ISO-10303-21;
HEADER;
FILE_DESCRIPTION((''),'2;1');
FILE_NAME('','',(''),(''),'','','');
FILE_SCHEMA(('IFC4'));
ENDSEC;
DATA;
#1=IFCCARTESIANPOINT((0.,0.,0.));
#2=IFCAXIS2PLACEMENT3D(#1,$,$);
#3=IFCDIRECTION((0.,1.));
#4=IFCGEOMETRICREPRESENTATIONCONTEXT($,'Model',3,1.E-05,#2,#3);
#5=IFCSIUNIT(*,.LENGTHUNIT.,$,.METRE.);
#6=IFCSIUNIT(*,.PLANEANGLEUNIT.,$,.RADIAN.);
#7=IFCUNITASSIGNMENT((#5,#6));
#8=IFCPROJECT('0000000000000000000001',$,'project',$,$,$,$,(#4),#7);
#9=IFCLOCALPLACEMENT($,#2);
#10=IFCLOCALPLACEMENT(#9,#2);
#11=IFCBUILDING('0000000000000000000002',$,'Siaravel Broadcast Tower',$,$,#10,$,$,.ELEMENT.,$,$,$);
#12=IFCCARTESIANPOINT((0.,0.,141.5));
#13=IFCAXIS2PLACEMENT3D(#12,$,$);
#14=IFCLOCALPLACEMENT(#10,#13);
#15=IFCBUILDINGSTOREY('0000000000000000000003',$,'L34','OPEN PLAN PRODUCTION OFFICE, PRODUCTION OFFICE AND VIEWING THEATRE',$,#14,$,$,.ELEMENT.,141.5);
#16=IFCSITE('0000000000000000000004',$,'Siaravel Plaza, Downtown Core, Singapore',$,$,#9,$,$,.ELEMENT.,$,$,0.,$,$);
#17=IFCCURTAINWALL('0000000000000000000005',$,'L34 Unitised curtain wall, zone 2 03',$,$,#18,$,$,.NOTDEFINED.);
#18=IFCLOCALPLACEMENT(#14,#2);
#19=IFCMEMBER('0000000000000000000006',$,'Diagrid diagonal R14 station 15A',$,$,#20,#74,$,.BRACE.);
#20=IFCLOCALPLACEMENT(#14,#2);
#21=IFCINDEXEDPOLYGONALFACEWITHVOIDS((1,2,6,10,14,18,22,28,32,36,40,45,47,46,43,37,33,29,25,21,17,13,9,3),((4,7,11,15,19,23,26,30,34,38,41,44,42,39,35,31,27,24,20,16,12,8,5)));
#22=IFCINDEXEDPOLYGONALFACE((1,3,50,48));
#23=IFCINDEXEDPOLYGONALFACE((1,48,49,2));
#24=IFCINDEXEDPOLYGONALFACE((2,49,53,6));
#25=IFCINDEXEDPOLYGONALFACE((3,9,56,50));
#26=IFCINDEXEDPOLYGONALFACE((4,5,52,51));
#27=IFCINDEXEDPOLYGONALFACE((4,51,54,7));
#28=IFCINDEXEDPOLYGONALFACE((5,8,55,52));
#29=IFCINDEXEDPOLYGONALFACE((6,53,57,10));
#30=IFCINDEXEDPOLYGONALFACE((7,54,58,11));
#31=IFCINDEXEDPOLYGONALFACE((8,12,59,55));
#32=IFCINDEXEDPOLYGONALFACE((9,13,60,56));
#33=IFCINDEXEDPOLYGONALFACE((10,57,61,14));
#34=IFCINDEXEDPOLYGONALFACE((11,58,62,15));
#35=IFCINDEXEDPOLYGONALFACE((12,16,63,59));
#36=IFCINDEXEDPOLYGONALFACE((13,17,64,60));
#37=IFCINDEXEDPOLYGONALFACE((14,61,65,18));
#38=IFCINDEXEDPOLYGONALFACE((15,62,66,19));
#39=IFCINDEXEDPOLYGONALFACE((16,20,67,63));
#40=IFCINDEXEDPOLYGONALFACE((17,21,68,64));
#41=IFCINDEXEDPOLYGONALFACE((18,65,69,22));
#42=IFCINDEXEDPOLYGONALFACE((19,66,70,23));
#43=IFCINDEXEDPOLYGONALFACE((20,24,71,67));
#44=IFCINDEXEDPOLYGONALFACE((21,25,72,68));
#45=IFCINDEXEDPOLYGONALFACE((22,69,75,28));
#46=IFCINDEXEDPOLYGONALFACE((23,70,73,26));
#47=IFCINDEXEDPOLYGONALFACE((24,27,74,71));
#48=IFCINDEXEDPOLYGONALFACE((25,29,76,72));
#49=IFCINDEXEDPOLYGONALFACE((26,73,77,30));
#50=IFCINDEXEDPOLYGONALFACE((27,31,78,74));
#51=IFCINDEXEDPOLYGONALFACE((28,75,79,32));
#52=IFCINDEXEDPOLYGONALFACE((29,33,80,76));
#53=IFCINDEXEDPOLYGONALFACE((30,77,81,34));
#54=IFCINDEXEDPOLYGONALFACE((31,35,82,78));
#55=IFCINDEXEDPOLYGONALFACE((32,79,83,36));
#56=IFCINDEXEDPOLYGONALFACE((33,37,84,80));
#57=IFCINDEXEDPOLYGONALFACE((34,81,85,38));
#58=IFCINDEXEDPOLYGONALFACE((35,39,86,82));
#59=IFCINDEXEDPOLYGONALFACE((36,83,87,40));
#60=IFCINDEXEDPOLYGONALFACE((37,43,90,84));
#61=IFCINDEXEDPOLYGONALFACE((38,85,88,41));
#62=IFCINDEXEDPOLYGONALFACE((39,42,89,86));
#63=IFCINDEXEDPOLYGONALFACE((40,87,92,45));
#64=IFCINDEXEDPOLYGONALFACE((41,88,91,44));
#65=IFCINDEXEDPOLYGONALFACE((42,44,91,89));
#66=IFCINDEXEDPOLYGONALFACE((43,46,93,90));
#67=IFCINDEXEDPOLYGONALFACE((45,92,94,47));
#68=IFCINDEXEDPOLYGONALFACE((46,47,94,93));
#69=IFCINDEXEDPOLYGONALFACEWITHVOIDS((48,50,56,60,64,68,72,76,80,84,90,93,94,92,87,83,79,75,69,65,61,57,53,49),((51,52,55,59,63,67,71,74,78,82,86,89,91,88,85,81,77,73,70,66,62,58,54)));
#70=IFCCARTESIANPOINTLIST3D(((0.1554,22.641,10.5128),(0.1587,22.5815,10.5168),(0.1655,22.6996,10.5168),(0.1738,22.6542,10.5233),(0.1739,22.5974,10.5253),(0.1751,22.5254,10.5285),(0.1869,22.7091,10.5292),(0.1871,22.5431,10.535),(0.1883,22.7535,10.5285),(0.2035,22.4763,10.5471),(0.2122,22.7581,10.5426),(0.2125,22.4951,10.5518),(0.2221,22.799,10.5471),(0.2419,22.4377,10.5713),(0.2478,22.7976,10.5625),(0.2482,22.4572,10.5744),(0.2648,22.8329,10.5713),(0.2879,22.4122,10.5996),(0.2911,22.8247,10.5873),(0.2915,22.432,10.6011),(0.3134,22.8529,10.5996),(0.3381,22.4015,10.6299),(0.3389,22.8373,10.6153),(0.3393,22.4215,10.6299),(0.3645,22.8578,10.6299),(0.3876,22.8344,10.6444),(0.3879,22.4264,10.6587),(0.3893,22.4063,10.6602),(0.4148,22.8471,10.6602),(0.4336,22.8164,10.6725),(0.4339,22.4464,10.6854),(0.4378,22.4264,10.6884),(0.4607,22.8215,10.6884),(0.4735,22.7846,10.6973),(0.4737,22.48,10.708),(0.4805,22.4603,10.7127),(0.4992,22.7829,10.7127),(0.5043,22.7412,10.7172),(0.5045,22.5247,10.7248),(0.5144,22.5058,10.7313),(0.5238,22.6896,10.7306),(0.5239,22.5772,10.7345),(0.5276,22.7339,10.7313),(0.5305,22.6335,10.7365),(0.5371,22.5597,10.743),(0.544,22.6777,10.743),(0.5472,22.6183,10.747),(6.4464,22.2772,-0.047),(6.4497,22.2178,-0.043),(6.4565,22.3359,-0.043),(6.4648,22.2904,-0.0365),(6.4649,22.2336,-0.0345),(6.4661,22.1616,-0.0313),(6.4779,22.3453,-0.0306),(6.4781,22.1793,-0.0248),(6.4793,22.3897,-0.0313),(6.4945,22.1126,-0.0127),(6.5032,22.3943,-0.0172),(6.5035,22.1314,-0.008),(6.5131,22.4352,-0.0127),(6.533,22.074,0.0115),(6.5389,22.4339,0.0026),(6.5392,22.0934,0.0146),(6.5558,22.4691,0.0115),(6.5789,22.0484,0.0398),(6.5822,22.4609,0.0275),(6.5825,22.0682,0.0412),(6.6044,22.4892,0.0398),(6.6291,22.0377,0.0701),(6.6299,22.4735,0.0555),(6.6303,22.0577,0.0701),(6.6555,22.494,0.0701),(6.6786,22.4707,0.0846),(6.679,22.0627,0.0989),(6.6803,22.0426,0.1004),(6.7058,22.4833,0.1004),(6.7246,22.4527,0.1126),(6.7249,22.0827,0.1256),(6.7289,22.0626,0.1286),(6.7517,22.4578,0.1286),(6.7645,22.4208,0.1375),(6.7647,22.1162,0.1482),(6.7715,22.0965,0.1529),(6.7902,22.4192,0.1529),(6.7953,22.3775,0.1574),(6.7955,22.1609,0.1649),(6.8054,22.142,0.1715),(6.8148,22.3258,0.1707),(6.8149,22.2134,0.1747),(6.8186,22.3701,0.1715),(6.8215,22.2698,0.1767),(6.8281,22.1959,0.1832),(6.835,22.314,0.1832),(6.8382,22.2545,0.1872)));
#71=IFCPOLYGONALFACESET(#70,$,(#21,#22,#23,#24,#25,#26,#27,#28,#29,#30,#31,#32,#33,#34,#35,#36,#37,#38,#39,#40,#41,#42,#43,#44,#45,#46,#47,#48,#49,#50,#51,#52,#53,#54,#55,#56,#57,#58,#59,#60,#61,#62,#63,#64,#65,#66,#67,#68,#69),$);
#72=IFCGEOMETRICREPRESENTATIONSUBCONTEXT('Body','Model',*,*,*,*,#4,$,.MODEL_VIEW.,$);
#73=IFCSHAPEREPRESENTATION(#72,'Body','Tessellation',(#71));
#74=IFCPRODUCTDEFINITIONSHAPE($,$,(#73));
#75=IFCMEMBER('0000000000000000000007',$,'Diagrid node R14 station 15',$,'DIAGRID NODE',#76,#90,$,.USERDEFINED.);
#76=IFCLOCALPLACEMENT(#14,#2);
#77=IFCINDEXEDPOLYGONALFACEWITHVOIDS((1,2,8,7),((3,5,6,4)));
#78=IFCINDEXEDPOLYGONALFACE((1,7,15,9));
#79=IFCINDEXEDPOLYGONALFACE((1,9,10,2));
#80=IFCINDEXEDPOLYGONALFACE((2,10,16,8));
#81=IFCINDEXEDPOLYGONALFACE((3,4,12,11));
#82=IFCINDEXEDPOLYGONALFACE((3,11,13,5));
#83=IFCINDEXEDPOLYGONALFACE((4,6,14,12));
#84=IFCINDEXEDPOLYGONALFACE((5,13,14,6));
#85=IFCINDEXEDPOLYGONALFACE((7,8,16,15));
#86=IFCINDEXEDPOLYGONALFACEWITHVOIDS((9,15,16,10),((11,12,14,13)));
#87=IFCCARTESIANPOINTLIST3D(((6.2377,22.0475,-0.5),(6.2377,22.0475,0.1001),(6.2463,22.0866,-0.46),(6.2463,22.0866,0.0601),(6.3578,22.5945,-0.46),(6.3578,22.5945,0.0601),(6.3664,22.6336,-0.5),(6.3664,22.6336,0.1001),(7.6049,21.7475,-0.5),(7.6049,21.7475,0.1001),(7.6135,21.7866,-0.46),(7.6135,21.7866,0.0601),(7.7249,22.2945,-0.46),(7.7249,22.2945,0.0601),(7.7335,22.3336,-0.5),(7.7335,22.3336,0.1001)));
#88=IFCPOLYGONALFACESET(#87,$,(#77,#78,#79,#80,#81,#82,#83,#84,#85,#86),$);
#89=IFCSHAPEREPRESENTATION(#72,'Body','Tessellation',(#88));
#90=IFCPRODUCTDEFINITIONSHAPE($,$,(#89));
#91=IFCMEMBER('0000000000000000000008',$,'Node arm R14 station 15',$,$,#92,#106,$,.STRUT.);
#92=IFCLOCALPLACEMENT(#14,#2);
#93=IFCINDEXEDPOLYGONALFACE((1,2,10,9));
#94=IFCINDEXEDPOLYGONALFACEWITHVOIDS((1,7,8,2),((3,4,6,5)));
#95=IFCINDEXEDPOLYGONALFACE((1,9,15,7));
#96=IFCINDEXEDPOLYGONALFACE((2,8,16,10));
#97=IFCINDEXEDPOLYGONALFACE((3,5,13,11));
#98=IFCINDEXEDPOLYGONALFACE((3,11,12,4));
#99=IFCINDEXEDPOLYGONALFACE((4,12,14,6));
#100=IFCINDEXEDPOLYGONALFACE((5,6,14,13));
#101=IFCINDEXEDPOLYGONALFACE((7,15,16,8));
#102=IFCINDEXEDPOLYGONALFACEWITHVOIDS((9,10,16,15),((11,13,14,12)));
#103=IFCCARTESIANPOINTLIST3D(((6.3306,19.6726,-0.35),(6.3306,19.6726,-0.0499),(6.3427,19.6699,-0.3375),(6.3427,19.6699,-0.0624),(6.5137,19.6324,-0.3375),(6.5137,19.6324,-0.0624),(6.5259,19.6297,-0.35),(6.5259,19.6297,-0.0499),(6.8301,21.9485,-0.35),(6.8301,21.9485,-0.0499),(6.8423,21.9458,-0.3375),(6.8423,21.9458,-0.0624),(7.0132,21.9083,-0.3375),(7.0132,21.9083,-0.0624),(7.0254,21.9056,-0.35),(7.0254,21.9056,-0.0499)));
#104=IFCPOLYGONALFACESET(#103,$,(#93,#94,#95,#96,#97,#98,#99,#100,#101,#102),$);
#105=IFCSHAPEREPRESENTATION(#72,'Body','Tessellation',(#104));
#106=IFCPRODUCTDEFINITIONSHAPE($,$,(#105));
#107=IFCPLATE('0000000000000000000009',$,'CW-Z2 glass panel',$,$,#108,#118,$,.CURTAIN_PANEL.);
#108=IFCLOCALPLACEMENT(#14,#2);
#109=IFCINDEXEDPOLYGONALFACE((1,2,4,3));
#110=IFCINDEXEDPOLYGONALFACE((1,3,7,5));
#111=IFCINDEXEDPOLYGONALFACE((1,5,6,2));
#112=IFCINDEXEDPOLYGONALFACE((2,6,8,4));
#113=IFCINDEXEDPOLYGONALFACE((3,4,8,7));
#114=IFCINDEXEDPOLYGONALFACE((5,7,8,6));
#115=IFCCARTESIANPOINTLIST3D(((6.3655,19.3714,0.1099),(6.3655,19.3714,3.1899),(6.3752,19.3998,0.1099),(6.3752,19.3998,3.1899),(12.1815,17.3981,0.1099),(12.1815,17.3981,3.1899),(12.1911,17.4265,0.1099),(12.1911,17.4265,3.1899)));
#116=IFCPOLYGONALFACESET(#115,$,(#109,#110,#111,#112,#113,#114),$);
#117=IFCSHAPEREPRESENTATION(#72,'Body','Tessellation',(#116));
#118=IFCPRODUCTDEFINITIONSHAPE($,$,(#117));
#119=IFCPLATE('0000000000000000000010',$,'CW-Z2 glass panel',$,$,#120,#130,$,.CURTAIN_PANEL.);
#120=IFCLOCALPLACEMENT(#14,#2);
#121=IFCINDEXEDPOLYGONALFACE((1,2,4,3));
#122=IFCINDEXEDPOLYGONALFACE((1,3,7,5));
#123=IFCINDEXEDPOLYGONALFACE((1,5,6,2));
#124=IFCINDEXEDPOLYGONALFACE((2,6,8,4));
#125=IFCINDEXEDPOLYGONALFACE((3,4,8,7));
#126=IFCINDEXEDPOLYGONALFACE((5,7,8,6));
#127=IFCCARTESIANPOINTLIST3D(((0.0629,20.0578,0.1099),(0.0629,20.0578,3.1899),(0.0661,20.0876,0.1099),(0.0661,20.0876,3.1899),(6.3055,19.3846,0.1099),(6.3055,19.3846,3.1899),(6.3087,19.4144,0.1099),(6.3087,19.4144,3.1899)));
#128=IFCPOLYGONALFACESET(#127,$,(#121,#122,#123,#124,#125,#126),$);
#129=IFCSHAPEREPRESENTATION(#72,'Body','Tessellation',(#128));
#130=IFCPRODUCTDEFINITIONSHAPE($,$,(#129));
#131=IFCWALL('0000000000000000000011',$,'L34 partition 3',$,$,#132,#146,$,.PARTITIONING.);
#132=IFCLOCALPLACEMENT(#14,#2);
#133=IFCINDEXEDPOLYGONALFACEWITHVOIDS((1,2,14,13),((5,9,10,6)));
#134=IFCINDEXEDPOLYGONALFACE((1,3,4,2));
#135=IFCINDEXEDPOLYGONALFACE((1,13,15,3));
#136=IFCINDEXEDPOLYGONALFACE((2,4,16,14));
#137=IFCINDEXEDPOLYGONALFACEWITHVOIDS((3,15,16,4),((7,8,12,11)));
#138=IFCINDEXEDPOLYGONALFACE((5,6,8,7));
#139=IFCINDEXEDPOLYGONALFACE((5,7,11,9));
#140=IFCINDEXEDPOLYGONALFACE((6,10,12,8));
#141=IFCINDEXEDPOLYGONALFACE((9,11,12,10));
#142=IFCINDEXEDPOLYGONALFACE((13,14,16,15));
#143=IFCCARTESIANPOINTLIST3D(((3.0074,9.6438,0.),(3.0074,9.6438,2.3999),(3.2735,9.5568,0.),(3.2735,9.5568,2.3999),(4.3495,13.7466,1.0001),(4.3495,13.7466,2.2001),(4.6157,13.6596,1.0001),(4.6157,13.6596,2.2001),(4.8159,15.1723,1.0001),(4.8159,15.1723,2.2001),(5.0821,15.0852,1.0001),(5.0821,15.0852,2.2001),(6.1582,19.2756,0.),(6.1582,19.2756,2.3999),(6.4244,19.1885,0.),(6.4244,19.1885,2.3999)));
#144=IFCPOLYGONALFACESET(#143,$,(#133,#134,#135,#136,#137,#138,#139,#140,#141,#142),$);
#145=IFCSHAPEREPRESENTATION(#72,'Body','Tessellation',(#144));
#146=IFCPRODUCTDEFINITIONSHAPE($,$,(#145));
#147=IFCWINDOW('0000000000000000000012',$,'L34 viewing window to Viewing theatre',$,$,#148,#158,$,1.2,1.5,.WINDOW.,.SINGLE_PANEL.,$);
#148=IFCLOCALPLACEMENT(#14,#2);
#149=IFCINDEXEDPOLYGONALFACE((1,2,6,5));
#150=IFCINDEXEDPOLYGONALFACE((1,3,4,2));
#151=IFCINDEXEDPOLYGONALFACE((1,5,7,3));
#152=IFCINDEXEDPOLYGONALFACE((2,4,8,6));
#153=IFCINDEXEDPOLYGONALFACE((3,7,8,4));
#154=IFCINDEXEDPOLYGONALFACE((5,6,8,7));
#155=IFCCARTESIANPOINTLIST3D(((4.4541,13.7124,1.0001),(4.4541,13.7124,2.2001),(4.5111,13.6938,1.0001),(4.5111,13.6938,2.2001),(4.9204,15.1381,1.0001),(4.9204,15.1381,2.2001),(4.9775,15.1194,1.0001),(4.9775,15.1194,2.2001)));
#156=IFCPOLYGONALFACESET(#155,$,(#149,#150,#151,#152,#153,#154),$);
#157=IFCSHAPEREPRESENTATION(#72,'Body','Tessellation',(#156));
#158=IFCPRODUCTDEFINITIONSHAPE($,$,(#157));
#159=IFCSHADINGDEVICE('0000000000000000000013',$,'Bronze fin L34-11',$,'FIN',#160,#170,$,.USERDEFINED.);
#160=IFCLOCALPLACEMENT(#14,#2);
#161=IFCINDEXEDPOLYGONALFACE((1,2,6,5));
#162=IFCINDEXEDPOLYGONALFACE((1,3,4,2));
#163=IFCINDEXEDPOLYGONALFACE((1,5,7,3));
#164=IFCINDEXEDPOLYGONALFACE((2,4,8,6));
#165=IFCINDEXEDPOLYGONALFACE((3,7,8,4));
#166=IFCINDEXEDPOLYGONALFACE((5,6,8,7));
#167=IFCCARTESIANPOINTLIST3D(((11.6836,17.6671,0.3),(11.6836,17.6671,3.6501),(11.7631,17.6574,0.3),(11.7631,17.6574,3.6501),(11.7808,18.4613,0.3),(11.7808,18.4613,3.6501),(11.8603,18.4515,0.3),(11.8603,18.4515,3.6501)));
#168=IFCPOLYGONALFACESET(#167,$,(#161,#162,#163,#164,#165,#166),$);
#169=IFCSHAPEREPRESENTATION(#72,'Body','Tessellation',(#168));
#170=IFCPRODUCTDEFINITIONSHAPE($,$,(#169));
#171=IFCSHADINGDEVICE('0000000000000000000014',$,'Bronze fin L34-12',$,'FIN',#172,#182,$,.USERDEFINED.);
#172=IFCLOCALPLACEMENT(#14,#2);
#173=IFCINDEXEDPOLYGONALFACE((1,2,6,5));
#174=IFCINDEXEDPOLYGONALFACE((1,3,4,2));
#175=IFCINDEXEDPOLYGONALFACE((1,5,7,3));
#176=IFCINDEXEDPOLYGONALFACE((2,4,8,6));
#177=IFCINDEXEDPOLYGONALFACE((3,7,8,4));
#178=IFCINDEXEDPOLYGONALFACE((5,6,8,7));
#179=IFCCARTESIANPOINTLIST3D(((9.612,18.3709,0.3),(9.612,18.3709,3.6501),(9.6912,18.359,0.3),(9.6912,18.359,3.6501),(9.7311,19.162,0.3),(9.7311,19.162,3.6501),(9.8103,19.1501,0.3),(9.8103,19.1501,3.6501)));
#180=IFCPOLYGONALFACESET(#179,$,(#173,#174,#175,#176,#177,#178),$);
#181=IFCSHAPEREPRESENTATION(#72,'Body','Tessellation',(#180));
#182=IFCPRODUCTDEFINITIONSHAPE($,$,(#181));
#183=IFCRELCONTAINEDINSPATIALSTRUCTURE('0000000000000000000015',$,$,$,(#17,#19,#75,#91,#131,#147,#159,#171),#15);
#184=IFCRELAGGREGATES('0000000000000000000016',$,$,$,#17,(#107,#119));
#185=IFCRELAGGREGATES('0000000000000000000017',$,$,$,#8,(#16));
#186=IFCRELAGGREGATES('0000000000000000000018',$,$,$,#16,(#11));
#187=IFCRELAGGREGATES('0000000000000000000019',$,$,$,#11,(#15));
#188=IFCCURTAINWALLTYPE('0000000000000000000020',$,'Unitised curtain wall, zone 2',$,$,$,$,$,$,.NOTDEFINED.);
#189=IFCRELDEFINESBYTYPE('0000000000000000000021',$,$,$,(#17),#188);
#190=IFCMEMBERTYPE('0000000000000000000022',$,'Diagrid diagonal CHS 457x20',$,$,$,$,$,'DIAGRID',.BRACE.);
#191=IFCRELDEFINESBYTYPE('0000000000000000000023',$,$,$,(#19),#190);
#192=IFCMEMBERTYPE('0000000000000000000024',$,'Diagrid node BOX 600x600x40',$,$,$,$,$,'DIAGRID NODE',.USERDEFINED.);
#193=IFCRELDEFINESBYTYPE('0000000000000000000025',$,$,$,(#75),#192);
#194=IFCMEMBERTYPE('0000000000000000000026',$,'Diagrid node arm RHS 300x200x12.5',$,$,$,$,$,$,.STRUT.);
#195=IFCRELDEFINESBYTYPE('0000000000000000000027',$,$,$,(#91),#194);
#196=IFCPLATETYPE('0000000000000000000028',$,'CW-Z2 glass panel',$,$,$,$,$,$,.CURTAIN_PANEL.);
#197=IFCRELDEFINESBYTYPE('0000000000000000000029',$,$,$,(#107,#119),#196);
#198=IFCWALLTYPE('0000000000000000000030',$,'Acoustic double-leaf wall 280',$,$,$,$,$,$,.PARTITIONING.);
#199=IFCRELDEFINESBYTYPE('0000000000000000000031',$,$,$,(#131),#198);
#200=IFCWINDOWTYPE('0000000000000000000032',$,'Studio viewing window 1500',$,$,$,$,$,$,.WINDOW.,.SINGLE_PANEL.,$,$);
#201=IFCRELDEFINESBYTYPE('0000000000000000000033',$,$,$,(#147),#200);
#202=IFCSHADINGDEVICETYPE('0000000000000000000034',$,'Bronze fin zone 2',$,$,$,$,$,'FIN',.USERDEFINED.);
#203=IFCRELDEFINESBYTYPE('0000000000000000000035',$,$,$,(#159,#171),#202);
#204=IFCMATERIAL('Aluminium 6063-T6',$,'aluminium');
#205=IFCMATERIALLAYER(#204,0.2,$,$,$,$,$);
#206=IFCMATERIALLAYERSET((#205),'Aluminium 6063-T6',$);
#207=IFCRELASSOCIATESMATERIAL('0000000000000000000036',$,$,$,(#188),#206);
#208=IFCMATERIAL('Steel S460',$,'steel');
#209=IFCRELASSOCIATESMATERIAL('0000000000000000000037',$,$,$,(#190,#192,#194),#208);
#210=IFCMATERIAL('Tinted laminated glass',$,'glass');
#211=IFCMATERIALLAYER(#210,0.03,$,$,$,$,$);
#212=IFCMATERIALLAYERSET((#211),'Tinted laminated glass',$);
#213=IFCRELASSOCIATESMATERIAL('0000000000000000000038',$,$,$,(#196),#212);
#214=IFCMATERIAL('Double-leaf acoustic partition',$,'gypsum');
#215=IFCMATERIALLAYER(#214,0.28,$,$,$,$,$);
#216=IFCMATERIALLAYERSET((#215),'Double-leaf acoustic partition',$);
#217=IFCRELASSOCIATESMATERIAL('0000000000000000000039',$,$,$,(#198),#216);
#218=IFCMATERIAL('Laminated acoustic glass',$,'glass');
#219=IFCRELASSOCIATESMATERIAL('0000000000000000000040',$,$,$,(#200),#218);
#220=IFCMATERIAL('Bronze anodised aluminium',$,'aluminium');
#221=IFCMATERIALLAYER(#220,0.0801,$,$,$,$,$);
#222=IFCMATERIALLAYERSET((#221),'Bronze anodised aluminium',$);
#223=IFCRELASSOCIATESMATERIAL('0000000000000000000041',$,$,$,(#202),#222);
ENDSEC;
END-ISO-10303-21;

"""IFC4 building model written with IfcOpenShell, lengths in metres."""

from ifc_helpers import new_model, si_unit, direction, frame, frame_2d, origin, origin_2d, place, context, subcontext, project, spatial, rectangle, hollow_rectangle, hollow_circle, extrude, material, layer, layer_set, material_profile, profile_set, type_object, element, fill, aggregate, save


model = new_model("IFC4")

# Units and contexts
model_context = context("Model", 3, precision=1e-05, world=origin(), true_north=direction((0.0, 1.0)))
body_context = subcontext(model_context, "Body", "Model", "MODEL_VIEW")
ifc_project = project(units=[si_unit("LENGTHUNIT", "METRE"), si_unit("PLANEANGLEUNIT", "RADIAN")], contexts=[model_context])

# Site, building, storey
site_placement = place(None, origin())
site = spatial("IfcSite", under=ifc_project, at=site_placement, Name="Siaravel Plaza, Downtown Core, Singapore", CompositionType="ELEMENT", RefElevation=0.0)
building_placement = place(site_placement, origin())
building = spatial("IfcBuilding", under=site, at=building_placement, Name="Siaravel Broadcast Tower", CompositionType="ELEMENT")
storey_placement = place(building_placement, frame((0.0, 0.0, 141.5)))
storey = spatial("IfcBuildingStorey", under=building, at=storey_placement, Name="L34", Description="OPEN PLAN PRODUCTION OFFICE, PRODUCTION OFFICE AND VIEWING THEATRE", CompositionType="ELEMENT", Elevation=141.5)

# Curtain wall
ifc_material_1 = material(Name="Aluminium 6063-T6", Category="aluminium")
ifc_layer_1 = layer(ifc_material_1, 0.2)
ifc_layer_set_1 = layer_set([ifc_layer_1], Name="Aluminium 6063-T6")
curtain_wall_type = type_object("IfcCurtainWallType", Name="Unitised curtain wall, zone 2", PredefinedType="NOTDEFINED", material=ifc_layer_set_1)
curtain_wall_placement = place(storey_placement, origin())
curtain_wall = element("IfcCurtainWall", 1, at=curtain_wall_placement, inside=storey, type_object=curtain_wall_type, Name="L34 Unitised curtain wall, zone 2 03", PredefinedType="NOTDEFINED")

# Members
ifc_material_2 = material(Name="Steel S460", Category="steel")
ifc_material_profile_1 = material_profile(ifc_material_2, hollow_circle(Radius=0.2285, WallThickness=0.02, at=origin_2d()))
ifc_profile_set_1 = profile_set([ifc_material_profile_1], Name="Steel S460")
member_type_1 = type_object("IfcMemberType", Name="Diagrid diagonal CHS 457x20", ElementType="DIAGRID", PredefinedType="BRACE", material=ifc_profile_set_1)
member_1_placement = place(storey_placement, frame((6.6423, 22.2659, 0.0701), z_axis=(-0.511585, 0.029582, 0.858723), x_axis=(-0.057727, -0.998332, 0.0)))
element("IfcMember", 2, at=member_1_placement, inside=storey, type_object=member_type_1, Name="Diagrid diagonal R14 station 15A", PredefinedType="BRACE", context=body_context, shape_type="SweptSolid", body=[
    extrude(hollow_circle(Radius=0.2285, WallThickness=0.02, at=origin_2d()), origin(), (0.0, 0.0, 1.0), 12.2971),
])
ifc_material_profile_2 = material_profile(ifc_material_2, hollow_rectangle(XDim=0.6001, YDim=0.6001, WallThickness=0.04, at=origin_2d()))
ifc_profile_set_2 = profile_set([ifc_material_profile_2], Name="Steel S460")
member_type_2 = type_object("IfcMemberType", Name="Diagrid node BOX 600x600x40", ElementType="DIAGRID NODE", PredefinedType="USERDEFINED", material=ifc_profile_set_2)
member_2_placement = place(storey_placement, frame((7.6692, 22.0405, -0.2), z_axis=(-0.976754, 0.214363, 0.0), x_axis=(-0.214363, -0.976754, 0.0)))
element("IfcMember", 3, at=member_2_placement, inside=storey, type_object=member_type_2, Name="Diagrid node R14 station 15", ObjectType="DIAGRID NODE", PredefinedType="USERDEFINED", context=body_context, shape_type="SweptSolid", body=[
    extrude(hollow_rectangle(XDim=0.6001, YDim=0.6001, WallThickness=0.04, at=origin_2d()), origin(), (0.0, 0.0, 1.0), 1.3997),
])
ifc_material_profile_3 = material_profile(ifc_material_2, hollow_rectangle(XDim=0.2, YDim=0.3, WallThickness=0.0125, at=origin_2d()))
ifc_profile_set_3 = profile_set([ifc_material_profile_3], Name="Steel S460")
member_type_3 = type_object("IfcMemberType", Name="Diagrid node arm RHS 300x200x12.5", PredefinedType="STRUT", material=ifc_profile_set_3)
member_3_placement = place(storey_placement, frame((6.4282, 19.6511, -0.2), z_axis=(0.214378, 0.976751, 0.0), x_axis=(-0.976751, 0.214378, 0.0)))
element("IfcMember", 4, at=member_3_placement, inside=storey, type_object=member_type_3, Name="Node arm R14 station 15", PredefinedType="STRUT", context=body_context, shape_type="SweptSolid", body=[
    extrude(hollow_rectangle(XDim=0.2, YDim=0.3, WallThickness=0.0125, at=origin_2d()), origin(), (0.0, 0.0, 1.0), 2.3301),
])

# Plates
ifc_material_3 = material(Name="Tinted laminated glass", Category="glass")
ifc_layer_2 = layer(ifc_material_3, 0.03)
ifc_layer_set_2 = layer_set([ifc_layer_2], Name="Tinted laminated glass")
plate_type = type_object("IfcPlateType", Name="CW-Z2 glass panel", PredefinedType="CURTAIN_PANEL", material=ifc_layer_set_2)
plate_1_placement = place(storey_placement, frame((9.2783, 18.3989, 0.1099), z_axis=(0.0, 0.0, 1.0), x_axis=(-0.946977, 0.321301, 0.0)))
plate_1 = element("IfcPlate", 5, at=plate_1_placement, type_object=plate_type, Name="CW-Z2 glass panel", PredefinedType="CURTAIN_PANEL", context=body_context, shape_type="SweptSolid", body=[
    extrude(rectangle(XDim=6.1416, YDim=0.03, at=origin_2d()), origin(), (0.0, 0.0, 1.0), 3.0801),
])
plate_2_placement = place(storey_placement, frame((3.1858, 19.7361, 0.1099), z_axis=(0.0, 0.0, 1.0), x_axis=(-0.994236, 0.107218, 0.0)))
plate_2 = element("IfcPlate", 6, at=plate_2_placement, type_object=plate_type, Name="CW-Z2 glass panel", PredefinedType="CURTAIN_PANEL", context=body_context, shape_type="SweptSolid", body=[
    extrude(rectangle(XDim=6.2788, YDim=0.03, at=origin_2d()), origin(), (0.0, 0.0, 1.0), 3.0801),
])
aggregate(curtain_wall, [plate_1, plate_2])

# Wall, opening, window
ifc_material_4 = material(Name="Double-leaf acoustic partition", Category="gypsum")
ifc_layer_3 = layer(ifc_material_4, 0.28)
ifc_layer_set_3 = layer_set([ifc_layer_3], Name="Double-leaf acoustic partition")
wall_type = type_object("IfcWallType", Name="Acoustic double-leaf wall 280", PredefinedType="PARTITIONING", material=ifc_layer_set_3)
wall_placement = place(storey_placement, frame((6.2913, 19.2319, 0.0), z_axis=(0.0, 0.0, 1.0), x_axis=(-0.310918, -0.950437, 0.0)))
wall = element("IfcWall", 7, at=wall_placement, inside=storey, type_object=wall_type, Name="L34 partition 3", PredefinedType="PARTITIONING", context=body_context, shape_type="SweptSolid", body=[
    extrude(rectangle(XDim=10.134, YDim=0.28, at=frame_2d((5.0669, 0.0))), origin(), (0.0, 0.0, 1.0), 2.3999),
])
opening_placement = place(wall_placement, frame((4.3171, 0.0, 1.0)))
opening = element("IfcOpeningElement", 8, at=opening_placement, cuts=wall, PredefinedType="OPENING", context=body_context, shape_type="SweptSolid", body=[
    extrude(rectangle(XDim=1.5, YDim=1.2, at=frame_2d((0.75, 0.6001))), frame((0.0, 0.1499, 0.0), z_axis=(0.0, -1.0, 0.0), x_axis=(1.0, 0.0, 0.0)), (0.0, 0.0, 1.0), 0.3),
])
ifc_material_5 = material(Name="Laminated acoustic glass", Category="glass")
window_type = type_object("IfcWindowType", Name="Studio viewing window 1500", PartitioningType="SINGLE_PANEL", PredefinedType="WINDOW", material=ifc_material_5)
window_placement = place(opening_placement, origin())
window = element("IfcWindow", 9, at=window_placement, inside=storey, type_object=window_type, Name="L34 viewing window to Viewing theatre", OverallHeight=1.2, OverallWidth=1.5, PartitioningType="SINGLE_PANEL", PredefinedType="WINDOW", context=body_context, shape_type="SweptSolid", body=[
    extrude(rectangle(XDim=1.5, YDim=1.2, at=frame_2d((0.75, 0.6001))), frame((0.0, 0.03, 0.0), z_axis=(0.0, -1.0, 0.0), x_axis=(1.0, 0.0, 0.0)), (0.0, 0.0, 1.0), 0.0601),
])
fill(opening, window)

# Shading devices
ifc_material_6 = material(Name="Bronze anodised aluminium", Category="aluminium")
ifc_layer_4 = layer(ifc_material_6, 0.0801)
ifc_layer_set_4 = layer_set([ifc_layer_4], Name="Bronze anodised aluminium")
shading_device_type = type_object("IfcShadingDeviceType", Name="Bronze fin zone 2", ElementType="FIN", PredefinedType="USERDEFINED", material=ifc_layer_set_4)
for number, where, z_axis, x_axis, name in (
    (10, (11.772, 18.0593, 0.3), (0.0, 0.0, 1.0), (0.121469, 0.992595, 0.0), "Bronze fin L34-11"),
    (11, (9.7112, 18.7605, 0.3), (0.0, 0.0, 1.0), (0.148867, 0.988857, 0.0), "Bronze fin L34-12"),
):
    element("IfcShadingDevice", number, at=place(storey_placement, frame(where, z_axis=z_axis, x_axis=x_axis)), inside=storey, type_object=shading_device_type, Name=name, ObjectType="FIN", PredefinedType="USERDEFINED", context=body_context, shape_type="SweptSolid", body=[
        extrude(rectangle(XDim=0.8, YDim=0.0801, at=origin_2d()), origin(), (0.0, 0.0, 1.0), 3.3501),
    ])

save(model, "model.ifc")
